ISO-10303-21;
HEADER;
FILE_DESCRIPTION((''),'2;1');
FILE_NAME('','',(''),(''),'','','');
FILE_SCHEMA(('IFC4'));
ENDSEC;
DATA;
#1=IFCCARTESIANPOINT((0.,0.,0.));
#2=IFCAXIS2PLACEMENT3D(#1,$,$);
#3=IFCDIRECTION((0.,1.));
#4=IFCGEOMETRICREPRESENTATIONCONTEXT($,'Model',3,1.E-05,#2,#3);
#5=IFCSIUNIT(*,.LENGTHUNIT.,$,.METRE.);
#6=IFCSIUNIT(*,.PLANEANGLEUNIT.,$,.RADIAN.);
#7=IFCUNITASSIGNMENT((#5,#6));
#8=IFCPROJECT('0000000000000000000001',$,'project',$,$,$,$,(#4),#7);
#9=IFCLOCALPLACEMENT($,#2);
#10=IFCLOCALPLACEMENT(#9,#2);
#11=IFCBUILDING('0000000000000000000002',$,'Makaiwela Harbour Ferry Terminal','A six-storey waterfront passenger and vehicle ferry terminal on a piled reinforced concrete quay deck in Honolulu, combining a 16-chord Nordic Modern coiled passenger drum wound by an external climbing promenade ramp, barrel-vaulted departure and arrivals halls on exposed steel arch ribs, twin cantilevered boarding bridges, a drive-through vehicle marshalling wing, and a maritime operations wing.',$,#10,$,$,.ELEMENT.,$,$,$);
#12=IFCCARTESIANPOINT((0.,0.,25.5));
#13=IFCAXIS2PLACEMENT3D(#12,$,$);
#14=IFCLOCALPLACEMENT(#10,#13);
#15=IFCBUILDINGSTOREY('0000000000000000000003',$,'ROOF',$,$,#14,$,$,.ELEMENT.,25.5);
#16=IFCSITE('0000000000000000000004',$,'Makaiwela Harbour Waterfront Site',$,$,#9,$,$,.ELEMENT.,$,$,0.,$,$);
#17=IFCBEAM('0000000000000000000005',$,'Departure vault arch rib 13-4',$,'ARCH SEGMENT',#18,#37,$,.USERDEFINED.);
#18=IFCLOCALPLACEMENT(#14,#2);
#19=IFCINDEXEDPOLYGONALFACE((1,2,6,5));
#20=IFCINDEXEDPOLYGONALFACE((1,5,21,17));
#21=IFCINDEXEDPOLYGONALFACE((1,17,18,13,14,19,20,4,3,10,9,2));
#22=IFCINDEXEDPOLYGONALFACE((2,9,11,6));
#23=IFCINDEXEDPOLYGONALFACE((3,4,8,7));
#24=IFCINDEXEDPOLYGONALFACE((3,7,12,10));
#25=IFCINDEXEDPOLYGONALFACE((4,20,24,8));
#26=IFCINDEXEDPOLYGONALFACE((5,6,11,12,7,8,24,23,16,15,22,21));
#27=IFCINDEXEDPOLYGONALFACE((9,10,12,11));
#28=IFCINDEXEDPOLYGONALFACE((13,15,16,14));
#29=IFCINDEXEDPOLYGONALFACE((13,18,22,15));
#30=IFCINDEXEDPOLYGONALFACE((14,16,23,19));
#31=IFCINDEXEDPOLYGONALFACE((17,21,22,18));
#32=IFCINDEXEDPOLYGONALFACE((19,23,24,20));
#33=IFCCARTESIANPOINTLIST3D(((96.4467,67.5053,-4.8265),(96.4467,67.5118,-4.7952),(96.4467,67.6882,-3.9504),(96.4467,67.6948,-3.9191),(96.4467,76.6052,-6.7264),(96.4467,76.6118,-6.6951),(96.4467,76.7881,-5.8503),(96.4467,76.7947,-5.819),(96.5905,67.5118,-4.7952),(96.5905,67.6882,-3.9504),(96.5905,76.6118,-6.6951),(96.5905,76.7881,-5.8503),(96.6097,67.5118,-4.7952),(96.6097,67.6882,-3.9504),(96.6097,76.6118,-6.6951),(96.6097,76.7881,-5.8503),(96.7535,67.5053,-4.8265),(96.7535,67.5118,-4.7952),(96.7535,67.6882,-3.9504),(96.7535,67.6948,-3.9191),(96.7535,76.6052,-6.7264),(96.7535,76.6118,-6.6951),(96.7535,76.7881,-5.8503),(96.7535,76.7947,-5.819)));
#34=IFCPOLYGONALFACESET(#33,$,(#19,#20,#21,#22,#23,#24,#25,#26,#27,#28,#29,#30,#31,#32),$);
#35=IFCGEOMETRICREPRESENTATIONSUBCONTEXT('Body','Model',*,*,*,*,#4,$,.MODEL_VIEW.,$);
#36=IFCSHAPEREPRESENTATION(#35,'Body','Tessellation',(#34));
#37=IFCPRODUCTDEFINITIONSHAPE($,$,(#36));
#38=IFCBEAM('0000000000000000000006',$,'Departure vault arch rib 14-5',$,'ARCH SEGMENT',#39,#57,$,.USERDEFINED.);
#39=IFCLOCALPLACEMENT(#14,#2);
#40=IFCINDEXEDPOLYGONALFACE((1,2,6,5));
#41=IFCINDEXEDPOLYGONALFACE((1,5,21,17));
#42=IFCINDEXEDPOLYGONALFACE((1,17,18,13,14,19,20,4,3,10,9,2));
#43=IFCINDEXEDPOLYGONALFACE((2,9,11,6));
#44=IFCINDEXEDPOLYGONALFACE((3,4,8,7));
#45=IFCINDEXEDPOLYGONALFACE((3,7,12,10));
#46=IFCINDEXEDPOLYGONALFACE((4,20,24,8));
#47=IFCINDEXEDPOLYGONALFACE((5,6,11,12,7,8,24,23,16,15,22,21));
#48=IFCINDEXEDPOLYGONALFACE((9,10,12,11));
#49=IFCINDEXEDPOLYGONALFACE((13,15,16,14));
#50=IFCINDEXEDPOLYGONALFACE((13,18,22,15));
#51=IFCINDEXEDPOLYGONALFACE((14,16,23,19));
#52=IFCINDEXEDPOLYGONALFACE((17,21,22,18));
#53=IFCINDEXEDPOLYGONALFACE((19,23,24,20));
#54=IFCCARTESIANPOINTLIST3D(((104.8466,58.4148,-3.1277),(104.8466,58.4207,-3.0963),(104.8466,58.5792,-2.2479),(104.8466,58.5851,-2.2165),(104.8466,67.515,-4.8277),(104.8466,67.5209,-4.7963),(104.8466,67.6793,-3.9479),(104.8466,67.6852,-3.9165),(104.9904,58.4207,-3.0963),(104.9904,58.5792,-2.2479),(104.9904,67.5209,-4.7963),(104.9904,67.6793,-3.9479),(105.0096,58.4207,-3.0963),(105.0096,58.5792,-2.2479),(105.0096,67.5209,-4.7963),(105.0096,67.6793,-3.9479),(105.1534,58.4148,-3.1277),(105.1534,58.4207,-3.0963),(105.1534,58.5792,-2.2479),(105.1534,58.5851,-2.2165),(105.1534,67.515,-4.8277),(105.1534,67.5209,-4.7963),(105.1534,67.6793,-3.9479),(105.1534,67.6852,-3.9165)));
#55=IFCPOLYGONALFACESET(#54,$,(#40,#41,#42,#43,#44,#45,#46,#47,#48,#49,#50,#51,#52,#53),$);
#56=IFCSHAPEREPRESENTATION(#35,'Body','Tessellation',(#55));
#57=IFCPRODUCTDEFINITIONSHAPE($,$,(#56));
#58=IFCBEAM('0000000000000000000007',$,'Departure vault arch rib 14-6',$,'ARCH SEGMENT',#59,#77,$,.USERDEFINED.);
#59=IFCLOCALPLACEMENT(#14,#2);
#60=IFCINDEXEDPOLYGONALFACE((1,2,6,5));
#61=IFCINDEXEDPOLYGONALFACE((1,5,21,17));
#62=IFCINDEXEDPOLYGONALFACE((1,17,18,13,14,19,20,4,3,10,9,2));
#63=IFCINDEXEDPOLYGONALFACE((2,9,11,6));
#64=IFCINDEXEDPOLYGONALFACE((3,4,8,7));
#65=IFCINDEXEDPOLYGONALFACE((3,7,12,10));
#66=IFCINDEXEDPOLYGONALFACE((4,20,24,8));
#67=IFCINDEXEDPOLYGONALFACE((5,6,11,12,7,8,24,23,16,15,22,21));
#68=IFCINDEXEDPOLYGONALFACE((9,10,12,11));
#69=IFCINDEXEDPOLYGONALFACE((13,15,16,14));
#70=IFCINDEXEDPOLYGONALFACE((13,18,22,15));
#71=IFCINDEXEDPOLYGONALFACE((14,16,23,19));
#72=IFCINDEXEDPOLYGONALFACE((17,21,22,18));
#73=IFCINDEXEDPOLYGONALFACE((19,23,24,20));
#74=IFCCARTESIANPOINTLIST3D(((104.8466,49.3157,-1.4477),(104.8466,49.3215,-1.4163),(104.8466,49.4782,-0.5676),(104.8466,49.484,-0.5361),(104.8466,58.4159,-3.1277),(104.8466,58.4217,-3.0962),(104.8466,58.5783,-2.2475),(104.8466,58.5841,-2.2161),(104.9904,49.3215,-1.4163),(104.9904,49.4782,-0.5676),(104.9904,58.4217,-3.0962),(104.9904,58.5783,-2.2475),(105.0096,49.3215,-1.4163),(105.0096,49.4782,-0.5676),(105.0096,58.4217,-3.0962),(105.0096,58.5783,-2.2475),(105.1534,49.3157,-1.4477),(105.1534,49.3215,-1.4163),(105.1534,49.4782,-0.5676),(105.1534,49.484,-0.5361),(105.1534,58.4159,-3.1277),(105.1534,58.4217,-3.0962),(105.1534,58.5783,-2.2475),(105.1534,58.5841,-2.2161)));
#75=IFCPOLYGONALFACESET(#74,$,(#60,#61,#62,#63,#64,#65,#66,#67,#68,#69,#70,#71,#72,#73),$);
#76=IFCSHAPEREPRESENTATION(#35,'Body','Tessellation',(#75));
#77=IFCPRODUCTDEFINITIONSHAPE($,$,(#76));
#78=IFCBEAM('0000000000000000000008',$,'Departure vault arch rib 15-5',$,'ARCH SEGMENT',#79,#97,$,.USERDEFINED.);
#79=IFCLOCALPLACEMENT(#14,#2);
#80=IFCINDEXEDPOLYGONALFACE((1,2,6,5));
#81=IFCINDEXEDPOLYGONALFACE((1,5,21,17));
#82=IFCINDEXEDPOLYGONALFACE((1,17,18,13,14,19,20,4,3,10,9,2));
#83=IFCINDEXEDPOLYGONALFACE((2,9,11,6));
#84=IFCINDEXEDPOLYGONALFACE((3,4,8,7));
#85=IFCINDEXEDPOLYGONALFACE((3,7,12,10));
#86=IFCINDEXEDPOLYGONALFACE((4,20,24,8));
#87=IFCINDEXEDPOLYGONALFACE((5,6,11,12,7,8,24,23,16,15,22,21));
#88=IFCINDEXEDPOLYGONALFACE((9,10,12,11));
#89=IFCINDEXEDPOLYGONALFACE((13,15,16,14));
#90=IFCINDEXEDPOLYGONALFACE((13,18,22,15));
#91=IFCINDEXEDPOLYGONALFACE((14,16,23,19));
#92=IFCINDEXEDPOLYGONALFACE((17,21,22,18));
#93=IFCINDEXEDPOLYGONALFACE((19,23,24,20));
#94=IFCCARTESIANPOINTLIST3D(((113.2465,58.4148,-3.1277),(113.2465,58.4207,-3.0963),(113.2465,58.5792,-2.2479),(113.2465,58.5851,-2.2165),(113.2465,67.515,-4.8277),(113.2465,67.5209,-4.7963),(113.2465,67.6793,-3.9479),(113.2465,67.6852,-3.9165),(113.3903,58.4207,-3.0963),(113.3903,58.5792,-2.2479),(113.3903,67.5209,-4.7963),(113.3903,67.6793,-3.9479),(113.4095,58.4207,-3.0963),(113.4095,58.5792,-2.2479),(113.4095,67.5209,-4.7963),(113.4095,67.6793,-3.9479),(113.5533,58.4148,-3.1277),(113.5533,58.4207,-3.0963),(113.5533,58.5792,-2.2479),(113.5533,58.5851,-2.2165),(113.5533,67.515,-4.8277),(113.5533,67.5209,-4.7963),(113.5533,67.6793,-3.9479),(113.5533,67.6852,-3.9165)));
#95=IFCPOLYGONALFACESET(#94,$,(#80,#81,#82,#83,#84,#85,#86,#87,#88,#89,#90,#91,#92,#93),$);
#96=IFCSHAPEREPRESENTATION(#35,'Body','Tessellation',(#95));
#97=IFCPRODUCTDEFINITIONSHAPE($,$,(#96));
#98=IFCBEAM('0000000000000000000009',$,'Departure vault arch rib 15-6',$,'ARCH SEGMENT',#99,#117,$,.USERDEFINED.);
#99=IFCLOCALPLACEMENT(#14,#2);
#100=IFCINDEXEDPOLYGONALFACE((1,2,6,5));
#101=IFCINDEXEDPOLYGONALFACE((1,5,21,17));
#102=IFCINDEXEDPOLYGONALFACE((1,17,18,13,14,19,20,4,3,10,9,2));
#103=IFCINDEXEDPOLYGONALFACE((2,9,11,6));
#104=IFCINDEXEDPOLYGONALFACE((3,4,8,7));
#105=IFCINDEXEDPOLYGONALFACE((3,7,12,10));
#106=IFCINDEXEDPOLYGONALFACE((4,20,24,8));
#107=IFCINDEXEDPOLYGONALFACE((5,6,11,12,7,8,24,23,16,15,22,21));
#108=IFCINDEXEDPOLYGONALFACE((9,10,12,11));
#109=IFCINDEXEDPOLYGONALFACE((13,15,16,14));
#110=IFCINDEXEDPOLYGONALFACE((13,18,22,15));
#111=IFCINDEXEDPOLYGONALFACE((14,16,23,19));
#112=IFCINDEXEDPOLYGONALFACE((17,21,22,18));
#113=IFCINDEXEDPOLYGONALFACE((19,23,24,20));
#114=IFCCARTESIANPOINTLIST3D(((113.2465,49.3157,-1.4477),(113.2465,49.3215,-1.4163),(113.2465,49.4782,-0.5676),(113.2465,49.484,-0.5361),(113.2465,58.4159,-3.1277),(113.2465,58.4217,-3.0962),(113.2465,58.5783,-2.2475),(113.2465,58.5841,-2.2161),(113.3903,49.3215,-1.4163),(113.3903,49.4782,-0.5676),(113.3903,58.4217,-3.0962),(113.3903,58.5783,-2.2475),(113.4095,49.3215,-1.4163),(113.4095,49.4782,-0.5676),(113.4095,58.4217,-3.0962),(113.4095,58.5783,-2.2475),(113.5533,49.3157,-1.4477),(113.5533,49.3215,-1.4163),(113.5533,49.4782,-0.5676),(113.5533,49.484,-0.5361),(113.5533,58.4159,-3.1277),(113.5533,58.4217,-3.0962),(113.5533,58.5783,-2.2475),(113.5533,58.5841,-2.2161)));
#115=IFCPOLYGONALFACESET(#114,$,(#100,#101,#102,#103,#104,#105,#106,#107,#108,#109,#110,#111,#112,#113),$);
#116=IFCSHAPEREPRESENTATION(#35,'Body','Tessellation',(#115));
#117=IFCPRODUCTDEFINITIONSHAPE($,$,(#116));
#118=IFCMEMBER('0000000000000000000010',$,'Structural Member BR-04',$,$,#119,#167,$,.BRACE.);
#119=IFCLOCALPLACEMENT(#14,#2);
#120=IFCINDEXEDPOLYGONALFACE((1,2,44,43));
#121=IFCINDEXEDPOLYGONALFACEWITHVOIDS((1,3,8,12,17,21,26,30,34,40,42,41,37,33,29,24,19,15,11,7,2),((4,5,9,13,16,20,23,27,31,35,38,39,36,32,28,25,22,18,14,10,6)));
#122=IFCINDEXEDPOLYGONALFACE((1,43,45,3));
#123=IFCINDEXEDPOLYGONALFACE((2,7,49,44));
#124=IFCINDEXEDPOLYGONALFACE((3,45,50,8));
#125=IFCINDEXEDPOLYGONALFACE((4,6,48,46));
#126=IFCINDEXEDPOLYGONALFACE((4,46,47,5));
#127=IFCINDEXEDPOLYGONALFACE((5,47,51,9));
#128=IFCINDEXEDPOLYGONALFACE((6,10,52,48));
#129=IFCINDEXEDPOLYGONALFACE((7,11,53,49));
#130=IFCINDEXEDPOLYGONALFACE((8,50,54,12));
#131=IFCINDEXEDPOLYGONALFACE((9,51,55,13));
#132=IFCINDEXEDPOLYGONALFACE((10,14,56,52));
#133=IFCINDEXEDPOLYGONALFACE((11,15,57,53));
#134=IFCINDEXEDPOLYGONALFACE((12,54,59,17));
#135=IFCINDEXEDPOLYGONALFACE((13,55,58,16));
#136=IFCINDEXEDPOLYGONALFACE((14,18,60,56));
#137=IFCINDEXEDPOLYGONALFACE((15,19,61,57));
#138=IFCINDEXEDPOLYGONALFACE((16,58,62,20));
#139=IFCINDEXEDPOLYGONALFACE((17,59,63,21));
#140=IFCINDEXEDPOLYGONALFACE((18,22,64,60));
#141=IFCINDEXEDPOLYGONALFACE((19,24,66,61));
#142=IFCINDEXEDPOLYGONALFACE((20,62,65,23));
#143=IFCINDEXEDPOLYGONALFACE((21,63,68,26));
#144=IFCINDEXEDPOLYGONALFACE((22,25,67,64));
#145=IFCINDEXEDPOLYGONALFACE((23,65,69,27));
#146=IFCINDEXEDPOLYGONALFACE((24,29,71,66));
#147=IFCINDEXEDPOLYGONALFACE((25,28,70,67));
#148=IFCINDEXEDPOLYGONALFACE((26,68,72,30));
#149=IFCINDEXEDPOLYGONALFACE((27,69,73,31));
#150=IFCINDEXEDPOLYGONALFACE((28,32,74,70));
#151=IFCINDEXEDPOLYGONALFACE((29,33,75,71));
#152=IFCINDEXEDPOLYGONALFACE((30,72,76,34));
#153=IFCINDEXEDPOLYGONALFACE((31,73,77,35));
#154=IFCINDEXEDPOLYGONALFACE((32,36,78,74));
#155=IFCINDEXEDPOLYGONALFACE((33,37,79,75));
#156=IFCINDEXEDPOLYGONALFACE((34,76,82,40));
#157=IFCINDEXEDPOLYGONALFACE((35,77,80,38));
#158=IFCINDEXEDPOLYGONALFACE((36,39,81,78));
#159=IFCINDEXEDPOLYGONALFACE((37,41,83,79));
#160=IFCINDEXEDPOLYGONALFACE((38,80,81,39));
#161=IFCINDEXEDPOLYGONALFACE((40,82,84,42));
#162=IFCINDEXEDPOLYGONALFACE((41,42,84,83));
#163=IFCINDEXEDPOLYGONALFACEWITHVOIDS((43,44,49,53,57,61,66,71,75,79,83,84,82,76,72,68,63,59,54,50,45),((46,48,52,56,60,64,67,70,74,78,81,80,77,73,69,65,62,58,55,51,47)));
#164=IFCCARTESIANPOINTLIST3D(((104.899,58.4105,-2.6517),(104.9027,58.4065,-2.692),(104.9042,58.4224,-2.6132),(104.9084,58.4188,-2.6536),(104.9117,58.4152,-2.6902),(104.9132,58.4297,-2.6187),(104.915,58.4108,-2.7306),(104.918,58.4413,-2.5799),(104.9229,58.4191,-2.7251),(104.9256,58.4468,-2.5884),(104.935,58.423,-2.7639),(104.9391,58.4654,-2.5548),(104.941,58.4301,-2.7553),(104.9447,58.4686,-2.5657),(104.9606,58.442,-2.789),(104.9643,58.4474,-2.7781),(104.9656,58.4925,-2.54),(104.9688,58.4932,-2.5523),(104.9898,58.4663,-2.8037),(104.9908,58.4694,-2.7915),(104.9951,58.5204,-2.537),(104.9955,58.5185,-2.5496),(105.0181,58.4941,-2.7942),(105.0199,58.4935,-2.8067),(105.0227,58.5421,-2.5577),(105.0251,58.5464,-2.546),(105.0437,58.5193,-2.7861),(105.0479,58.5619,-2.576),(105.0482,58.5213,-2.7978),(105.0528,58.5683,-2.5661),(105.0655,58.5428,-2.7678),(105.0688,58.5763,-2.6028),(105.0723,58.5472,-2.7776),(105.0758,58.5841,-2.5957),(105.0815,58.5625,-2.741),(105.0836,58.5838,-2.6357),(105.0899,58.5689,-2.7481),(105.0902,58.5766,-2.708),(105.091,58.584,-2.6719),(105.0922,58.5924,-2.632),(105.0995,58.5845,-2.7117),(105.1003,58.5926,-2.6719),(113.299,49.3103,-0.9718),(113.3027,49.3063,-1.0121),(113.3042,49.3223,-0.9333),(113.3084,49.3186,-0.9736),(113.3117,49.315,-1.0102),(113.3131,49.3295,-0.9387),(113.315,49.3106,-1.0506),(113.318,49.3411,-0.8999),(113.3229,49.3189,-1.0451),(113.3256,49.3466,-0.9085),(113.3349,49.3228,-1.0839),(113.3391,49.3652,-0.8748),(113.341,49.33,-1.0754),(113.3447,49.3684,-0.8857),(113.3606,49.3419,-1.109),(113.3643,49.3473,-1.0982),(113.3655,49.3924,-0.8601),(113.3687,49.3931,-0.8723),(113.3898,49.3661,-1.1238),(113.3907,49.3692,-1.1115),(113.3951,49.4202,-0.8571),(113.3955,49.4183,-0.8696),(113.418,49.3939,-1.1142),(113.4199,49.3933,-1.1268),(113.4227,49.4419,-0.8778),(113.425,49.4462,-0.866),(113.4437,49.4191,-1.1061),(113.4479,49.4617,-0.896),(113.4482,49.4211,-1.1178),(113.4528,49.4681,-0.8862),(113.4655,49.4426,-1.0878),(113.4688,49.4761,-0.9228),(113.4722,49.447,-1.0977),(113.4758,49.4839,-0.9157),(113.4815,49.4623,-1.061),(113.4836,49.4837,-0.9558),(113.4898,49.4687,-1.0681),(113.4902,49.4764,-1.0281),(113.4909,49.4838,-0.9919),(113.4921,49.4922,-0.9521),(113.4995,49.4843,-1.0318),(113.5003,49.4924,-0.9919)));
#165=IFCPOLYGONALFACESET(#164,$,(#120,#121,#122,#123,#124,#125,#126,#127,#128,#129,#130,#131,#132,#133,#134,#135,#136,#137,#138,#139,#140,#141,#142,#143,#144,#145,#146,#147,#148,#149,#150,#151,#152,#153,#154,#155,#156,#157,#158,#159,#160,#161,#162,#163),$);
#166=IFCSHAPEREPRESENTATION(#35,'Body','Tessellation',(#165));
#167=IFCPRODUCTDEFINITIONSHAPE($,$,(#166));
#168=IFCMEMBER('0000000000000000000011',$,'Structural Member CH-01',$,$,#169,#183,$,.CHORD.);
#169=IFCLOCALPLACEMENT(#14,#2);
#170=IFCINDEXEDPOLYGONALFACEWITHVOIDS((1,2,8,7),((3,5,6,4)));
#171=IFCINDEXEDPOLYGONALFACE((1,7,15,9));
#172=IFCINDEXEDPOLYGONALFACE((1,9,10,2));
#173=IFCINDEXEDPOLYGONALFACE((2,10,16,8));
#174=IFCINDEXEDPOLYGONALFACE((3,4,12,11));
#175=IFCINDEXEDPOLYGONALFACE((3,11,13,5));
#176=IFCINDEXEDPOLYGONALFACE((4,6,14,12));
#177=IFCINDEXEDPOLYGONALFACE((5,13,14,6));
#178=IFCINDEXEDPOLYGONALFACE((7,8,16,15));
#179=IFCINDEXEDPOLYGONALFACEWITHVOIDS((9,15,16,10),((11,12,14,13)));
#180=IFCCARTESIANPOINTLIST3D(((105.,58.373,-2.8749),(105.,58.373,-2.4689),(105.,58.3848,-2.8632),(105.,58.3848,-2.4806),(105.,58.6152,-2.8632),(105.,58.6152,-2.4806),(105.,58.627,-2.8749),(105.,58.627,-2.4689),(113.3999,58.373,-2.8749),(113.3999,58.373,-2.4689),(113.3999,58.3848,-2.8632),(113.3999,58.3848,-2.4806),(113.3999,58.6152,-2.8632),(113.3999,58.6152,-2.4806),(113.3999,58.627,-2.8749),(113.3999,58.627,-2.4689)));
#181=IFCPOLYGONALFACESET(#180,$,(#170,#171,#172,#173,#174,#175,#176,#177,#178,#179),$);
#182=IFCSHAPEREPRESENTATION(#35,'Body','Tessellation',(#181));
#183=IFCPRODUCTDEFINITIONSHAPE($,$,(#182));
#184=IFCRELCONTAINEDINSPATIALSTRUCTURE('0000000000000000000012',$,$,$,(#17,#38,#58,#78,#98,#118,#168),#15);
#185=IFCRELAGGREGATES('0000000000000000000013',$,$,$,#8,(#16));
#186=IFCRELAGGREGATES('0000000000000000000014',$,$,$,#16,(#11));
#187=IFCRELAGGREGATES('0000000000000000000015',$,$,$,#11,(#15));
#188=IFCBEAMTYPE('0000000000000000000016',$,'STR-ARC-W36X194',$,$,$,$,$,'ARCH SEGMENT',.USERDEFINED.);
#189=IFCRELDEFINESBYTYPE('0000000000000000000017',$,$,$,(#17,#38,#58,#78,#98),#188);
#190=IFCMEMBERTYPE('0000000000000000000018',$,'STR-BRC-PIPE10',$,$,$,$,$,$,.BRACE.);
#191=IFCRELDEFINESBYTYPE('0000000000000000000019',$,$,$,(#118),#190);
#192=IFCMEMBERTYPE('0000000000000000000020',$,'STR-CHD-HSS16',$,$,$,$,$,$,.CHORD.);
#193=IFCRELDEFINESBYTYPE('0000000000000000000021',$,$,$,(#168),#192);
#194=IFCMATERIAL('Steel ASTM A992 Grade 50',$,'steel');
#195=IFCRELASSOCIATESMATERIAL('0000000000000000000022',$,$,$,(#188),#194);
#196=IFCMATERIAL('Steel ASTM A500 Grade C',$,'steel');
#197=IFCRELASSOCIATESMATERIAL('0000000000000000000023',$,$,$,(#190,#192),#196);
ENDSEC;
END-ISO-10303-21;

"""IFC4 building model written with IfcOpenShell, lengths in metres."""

from ifc_helpers import new_model, si_unit, direction, frame, origin, origin_2d, place, context, subcontext, project, spatial, hollow_rectangle, hollow_circle, i_section, extrude, material, material_profile, profile_set, type_object, element, save


model = new_model("IFC4")

# Units and contexts
model_context = context("Model", 3, precision=1e-05, world=origin(), true_north=direction((0.0, 1.0)))
body_context = subcontext(model_context, "Body", "Model", "MODEL_VIEW")
ifc_project = project(units=[si_unit("LENGTHUNIT", "METRE"), si_unit("PLANEANGLEUNIT", "RADIAN")], contexts=[model_context])

# Site, building, storey
site_placement = place(None, origin())
site = spatial("IfcSite", under=ifc_project, at=site_placement, Name="Makaiwela Harbour Waterfront Site", CompositionType="ELEMENT", RefElevation=0.0)
building_placement = place(site_placement, origin())
building = spatial("IfcBuilding", under=site, at=building_placement, Name="Makaiwela Harbour Ferry Terminal", Description="A six-storey waterfront passenger and vehicle ferry terminal on a piled reinforced concrete quay deck in Honolulu, combining a 16-chord Nordic Modern coiled passenger drum wound by an external climbing promenade ramp, barrel-vaulted departure and arrivals halls on exposed steel arch ribs, twin cantilevered boarding bridges, a drive-through vehicle marshalling wing, and a maritime operations wing.", CompositionType="ELEMENT")
storey_placement = place(building_placement, frame((0.0, 0.0, 25.5)))
storey = spatial("IfcBuildingStorey", under=building, at=storey_placement, Name="ROOF", CompositionType="ELEMENT", Elevation=25.5)

# Beams
ifc_material_1 = material(Name="Steel ASTM A992 Grade 50", Category="steel")
ifc_material_profile_1 = material_profile(ifc_material_1, i_section(OverallWidth=0.3069, OverallDepth=0.927, WebThickness=0.0193, FlangeThickness=0.032, at=origin_2d()), Name="W36X194")
ifc_profile_set_1 = profile_set([ifc_material_profile_1], Name="Steel ASTM A992 Grade 50")
beam_type = type_object("IfcBeamType", Name="STR-ARC-W36X194", ElementType="ARCH SEGMENT", PredefinedType="USERDEFINED", material=ifc_profile_set_1)
beam_1_placement = place(storey_placement, frame((96.6001, 76.7, -6.2727), z_axis=(0.0, -0.978892, 0.204377), x_axis=(1.0, 0.0, 0.0)))
element("IfcBeam", 1, at=beam_1_placement, inside=storey, type_object=beam_type, Name="Departure vault arch rib 13-4", ObjectType="ARCH SEGMENT", PredefinedType="USERDEFINED", context=body_context, shape_type="SweptSolid", body=[
    extrude(i_section(OverallWidth=0.3069, OverallDepth=0.927, WebThickness=0.0193, FlangeThickness=0.032, at=origin_2d()), origin(), (0.0, 0.0, 1.0), 9.2961),
])
beam_2_placement = place(storey_placement, frame((105.0, 67.6001, -4.3721), z_axis=(0.0, -0.982996, 0.183629), x_axis=(1.0, 0.0, 0.0)))
element("IfcBeam", 2, at=beam_2_placement, inside=storey, type_object=beam_type, Name="Departure vault arch rib 14-5", ObjectType="ARCH SEGMENT", PredefinedType="USERDEFINED", context=body_context, shape_type="SweptSolid", body=[
    extrude(i_section(OverallWidth=0.3069, OverallDepth=0.927, WebThickness=0.0193, FlangeThickness=0.032, at=origin_2d()), origin(), (0.0, 0.0, 1.0), 9.2576),
])
beam_3_placement = place(storey_placement, frame((105.0, 58.5, -2.6719), z_axis=(0.0, -0.983384, 0.181538), x_axis=(1.0, 0.0, 0.0)))
element("IfcBeam", 3, at=beam_3_placement, inside=storey, type_object=beam_type, Name="Departure vault arch rib 14-6", ObjectType="ARCH SEGMENT", PredefinedType="USERDEFINED", context=body_context, shape_type="SweptSolid", body=[
    extrude(i_section(OverallWidth=0.3069, OverallDepth=0.927, WebThickness=0.0193, FlangeThickness=0.032, at=origin_2d()), origin(), (0.0, 0.0, 1.0), 9.2539),
])
beam_4_placement = place(storey_placement, frame((113.3999, 67.6001, -4.3721), z_axis=(0.0, -0.982996, 0.183629), x_axis=(1.0, 0.0, 0.0)))
element("IfcBeam", 4, at=beam_4_placement, inside=storey, type_object=beam_type, Name="Departure vault arch rib 15-5", ObjectType="ARCH SEGMENT", PredefinedType="USERDEFINED", context=body_context, shape_type="SweptSolid", body=[
    extrude(i_section(OverallWidth=0.3069, OverallDepth=0.927, WebThickness=0.0193, FlangeThickness=0.032, at=origin_2d()), origin(), (0.0, 0.0, 1.0), 9.2576),
])
beam_5_placement = place(storey_placement, frame((113.3999, 58.5, -2.6719), z_axis=(0.0, -0.983384, 0.181538), x_axis=(1.0, 0.0, 0.0)))
element("IfcBeam", 5, at=beam_5_placement, inside=storey, type_object=beam_type, Name="Departure vault arch rib 15-6", ObjectType="ARCH SEGMENT", PredefinedType="USERDEFINED", context=body_context, shape_type="SweptSolid", body=[
    extrude(i_section(OverallWidth=0.3069, OverallDepth=0.927, WebThickness=0.0193, FlangeThickness=0.032, at=origin_2d()), origin(), (0.0, 0.0, 1.0), 9.2539),
])

# Members
ifc_material_2 = material(Name="Steel ASTM A500 Grade C", Category="steel")
ifc_material_profile_2 = material_profile(ifc_material_2, hollow_circle(Radius=0.1365, WallThickness=0.0127, at=origin_2d()), Name="PIPE10XS")
ifc_profile_set_2 = profile_set([ifc_material_profile_2], Name="Steel ASTM A500 Grade C")
member_type_1 = type_object("IfcMemberType", Name="STR-BRC-PIPE10", PredefinedType="BRACE", material=ifc_profile_set_2)
member_1_placement = place(storey_placement, frame((105.0, 58.5, -2.6719), z_axis=(0.672116, -0.728142, 0.134419), x_axis=(0.734811, 0.678272, 0.0)))
element("IfcMember", 6, at=member_1_placement, inside=storey, type_object=member_type_1, Name="Structural Member BR-04", PredefinedType="BRACE", context=body_context, shape_type="SweptSolid", body=[
    extrude(hollow_circle(Radius=0.1365, WallThickness=0.0127, at=origin_2d()), origin(), (0.0, 0.0, 1.0), 12.4978),
])
ifc_material_profile_3 = material_profile(ifc_material_2, hollow_rectangle(XDim=0.2539, YDim=0.406, WallThickness=0.0117, at=origin_2d()), Name="HSS16X10X1/2")
ifc_profile_set_3 = profile_set([ifc_material_profile_3], Name="Steel ASTM A500 Grade C")
member_type_2 = type_object("IfcMemberType", Name="STR-CHD-HSS16", PredefinedType="CHORD", material=ifc_profile_set_3)
member_2_placement = place(storey_placement, frame((105.0, 58.5, -2.6719), z_axis=(1.0, 0.0, 0.0), x_axis=(0.0, 1.0, 0.0)))
element("IfcMember", 7, at=member_2_placement, inside=storey, type_object=member_type_2, Name="Structural Member CH-01", PredefinedType="CHORD", context=body_context, shape_type="SweptSolid", body=[
    extrude(hollow_rectangle(XDim=0.2539, YDim=0.406, WallThickness=0.0117, at=origin_2d()), origin(), (0.0, 0.0, 1.0), 8.3999),
])

save(model, "model.ifc")
